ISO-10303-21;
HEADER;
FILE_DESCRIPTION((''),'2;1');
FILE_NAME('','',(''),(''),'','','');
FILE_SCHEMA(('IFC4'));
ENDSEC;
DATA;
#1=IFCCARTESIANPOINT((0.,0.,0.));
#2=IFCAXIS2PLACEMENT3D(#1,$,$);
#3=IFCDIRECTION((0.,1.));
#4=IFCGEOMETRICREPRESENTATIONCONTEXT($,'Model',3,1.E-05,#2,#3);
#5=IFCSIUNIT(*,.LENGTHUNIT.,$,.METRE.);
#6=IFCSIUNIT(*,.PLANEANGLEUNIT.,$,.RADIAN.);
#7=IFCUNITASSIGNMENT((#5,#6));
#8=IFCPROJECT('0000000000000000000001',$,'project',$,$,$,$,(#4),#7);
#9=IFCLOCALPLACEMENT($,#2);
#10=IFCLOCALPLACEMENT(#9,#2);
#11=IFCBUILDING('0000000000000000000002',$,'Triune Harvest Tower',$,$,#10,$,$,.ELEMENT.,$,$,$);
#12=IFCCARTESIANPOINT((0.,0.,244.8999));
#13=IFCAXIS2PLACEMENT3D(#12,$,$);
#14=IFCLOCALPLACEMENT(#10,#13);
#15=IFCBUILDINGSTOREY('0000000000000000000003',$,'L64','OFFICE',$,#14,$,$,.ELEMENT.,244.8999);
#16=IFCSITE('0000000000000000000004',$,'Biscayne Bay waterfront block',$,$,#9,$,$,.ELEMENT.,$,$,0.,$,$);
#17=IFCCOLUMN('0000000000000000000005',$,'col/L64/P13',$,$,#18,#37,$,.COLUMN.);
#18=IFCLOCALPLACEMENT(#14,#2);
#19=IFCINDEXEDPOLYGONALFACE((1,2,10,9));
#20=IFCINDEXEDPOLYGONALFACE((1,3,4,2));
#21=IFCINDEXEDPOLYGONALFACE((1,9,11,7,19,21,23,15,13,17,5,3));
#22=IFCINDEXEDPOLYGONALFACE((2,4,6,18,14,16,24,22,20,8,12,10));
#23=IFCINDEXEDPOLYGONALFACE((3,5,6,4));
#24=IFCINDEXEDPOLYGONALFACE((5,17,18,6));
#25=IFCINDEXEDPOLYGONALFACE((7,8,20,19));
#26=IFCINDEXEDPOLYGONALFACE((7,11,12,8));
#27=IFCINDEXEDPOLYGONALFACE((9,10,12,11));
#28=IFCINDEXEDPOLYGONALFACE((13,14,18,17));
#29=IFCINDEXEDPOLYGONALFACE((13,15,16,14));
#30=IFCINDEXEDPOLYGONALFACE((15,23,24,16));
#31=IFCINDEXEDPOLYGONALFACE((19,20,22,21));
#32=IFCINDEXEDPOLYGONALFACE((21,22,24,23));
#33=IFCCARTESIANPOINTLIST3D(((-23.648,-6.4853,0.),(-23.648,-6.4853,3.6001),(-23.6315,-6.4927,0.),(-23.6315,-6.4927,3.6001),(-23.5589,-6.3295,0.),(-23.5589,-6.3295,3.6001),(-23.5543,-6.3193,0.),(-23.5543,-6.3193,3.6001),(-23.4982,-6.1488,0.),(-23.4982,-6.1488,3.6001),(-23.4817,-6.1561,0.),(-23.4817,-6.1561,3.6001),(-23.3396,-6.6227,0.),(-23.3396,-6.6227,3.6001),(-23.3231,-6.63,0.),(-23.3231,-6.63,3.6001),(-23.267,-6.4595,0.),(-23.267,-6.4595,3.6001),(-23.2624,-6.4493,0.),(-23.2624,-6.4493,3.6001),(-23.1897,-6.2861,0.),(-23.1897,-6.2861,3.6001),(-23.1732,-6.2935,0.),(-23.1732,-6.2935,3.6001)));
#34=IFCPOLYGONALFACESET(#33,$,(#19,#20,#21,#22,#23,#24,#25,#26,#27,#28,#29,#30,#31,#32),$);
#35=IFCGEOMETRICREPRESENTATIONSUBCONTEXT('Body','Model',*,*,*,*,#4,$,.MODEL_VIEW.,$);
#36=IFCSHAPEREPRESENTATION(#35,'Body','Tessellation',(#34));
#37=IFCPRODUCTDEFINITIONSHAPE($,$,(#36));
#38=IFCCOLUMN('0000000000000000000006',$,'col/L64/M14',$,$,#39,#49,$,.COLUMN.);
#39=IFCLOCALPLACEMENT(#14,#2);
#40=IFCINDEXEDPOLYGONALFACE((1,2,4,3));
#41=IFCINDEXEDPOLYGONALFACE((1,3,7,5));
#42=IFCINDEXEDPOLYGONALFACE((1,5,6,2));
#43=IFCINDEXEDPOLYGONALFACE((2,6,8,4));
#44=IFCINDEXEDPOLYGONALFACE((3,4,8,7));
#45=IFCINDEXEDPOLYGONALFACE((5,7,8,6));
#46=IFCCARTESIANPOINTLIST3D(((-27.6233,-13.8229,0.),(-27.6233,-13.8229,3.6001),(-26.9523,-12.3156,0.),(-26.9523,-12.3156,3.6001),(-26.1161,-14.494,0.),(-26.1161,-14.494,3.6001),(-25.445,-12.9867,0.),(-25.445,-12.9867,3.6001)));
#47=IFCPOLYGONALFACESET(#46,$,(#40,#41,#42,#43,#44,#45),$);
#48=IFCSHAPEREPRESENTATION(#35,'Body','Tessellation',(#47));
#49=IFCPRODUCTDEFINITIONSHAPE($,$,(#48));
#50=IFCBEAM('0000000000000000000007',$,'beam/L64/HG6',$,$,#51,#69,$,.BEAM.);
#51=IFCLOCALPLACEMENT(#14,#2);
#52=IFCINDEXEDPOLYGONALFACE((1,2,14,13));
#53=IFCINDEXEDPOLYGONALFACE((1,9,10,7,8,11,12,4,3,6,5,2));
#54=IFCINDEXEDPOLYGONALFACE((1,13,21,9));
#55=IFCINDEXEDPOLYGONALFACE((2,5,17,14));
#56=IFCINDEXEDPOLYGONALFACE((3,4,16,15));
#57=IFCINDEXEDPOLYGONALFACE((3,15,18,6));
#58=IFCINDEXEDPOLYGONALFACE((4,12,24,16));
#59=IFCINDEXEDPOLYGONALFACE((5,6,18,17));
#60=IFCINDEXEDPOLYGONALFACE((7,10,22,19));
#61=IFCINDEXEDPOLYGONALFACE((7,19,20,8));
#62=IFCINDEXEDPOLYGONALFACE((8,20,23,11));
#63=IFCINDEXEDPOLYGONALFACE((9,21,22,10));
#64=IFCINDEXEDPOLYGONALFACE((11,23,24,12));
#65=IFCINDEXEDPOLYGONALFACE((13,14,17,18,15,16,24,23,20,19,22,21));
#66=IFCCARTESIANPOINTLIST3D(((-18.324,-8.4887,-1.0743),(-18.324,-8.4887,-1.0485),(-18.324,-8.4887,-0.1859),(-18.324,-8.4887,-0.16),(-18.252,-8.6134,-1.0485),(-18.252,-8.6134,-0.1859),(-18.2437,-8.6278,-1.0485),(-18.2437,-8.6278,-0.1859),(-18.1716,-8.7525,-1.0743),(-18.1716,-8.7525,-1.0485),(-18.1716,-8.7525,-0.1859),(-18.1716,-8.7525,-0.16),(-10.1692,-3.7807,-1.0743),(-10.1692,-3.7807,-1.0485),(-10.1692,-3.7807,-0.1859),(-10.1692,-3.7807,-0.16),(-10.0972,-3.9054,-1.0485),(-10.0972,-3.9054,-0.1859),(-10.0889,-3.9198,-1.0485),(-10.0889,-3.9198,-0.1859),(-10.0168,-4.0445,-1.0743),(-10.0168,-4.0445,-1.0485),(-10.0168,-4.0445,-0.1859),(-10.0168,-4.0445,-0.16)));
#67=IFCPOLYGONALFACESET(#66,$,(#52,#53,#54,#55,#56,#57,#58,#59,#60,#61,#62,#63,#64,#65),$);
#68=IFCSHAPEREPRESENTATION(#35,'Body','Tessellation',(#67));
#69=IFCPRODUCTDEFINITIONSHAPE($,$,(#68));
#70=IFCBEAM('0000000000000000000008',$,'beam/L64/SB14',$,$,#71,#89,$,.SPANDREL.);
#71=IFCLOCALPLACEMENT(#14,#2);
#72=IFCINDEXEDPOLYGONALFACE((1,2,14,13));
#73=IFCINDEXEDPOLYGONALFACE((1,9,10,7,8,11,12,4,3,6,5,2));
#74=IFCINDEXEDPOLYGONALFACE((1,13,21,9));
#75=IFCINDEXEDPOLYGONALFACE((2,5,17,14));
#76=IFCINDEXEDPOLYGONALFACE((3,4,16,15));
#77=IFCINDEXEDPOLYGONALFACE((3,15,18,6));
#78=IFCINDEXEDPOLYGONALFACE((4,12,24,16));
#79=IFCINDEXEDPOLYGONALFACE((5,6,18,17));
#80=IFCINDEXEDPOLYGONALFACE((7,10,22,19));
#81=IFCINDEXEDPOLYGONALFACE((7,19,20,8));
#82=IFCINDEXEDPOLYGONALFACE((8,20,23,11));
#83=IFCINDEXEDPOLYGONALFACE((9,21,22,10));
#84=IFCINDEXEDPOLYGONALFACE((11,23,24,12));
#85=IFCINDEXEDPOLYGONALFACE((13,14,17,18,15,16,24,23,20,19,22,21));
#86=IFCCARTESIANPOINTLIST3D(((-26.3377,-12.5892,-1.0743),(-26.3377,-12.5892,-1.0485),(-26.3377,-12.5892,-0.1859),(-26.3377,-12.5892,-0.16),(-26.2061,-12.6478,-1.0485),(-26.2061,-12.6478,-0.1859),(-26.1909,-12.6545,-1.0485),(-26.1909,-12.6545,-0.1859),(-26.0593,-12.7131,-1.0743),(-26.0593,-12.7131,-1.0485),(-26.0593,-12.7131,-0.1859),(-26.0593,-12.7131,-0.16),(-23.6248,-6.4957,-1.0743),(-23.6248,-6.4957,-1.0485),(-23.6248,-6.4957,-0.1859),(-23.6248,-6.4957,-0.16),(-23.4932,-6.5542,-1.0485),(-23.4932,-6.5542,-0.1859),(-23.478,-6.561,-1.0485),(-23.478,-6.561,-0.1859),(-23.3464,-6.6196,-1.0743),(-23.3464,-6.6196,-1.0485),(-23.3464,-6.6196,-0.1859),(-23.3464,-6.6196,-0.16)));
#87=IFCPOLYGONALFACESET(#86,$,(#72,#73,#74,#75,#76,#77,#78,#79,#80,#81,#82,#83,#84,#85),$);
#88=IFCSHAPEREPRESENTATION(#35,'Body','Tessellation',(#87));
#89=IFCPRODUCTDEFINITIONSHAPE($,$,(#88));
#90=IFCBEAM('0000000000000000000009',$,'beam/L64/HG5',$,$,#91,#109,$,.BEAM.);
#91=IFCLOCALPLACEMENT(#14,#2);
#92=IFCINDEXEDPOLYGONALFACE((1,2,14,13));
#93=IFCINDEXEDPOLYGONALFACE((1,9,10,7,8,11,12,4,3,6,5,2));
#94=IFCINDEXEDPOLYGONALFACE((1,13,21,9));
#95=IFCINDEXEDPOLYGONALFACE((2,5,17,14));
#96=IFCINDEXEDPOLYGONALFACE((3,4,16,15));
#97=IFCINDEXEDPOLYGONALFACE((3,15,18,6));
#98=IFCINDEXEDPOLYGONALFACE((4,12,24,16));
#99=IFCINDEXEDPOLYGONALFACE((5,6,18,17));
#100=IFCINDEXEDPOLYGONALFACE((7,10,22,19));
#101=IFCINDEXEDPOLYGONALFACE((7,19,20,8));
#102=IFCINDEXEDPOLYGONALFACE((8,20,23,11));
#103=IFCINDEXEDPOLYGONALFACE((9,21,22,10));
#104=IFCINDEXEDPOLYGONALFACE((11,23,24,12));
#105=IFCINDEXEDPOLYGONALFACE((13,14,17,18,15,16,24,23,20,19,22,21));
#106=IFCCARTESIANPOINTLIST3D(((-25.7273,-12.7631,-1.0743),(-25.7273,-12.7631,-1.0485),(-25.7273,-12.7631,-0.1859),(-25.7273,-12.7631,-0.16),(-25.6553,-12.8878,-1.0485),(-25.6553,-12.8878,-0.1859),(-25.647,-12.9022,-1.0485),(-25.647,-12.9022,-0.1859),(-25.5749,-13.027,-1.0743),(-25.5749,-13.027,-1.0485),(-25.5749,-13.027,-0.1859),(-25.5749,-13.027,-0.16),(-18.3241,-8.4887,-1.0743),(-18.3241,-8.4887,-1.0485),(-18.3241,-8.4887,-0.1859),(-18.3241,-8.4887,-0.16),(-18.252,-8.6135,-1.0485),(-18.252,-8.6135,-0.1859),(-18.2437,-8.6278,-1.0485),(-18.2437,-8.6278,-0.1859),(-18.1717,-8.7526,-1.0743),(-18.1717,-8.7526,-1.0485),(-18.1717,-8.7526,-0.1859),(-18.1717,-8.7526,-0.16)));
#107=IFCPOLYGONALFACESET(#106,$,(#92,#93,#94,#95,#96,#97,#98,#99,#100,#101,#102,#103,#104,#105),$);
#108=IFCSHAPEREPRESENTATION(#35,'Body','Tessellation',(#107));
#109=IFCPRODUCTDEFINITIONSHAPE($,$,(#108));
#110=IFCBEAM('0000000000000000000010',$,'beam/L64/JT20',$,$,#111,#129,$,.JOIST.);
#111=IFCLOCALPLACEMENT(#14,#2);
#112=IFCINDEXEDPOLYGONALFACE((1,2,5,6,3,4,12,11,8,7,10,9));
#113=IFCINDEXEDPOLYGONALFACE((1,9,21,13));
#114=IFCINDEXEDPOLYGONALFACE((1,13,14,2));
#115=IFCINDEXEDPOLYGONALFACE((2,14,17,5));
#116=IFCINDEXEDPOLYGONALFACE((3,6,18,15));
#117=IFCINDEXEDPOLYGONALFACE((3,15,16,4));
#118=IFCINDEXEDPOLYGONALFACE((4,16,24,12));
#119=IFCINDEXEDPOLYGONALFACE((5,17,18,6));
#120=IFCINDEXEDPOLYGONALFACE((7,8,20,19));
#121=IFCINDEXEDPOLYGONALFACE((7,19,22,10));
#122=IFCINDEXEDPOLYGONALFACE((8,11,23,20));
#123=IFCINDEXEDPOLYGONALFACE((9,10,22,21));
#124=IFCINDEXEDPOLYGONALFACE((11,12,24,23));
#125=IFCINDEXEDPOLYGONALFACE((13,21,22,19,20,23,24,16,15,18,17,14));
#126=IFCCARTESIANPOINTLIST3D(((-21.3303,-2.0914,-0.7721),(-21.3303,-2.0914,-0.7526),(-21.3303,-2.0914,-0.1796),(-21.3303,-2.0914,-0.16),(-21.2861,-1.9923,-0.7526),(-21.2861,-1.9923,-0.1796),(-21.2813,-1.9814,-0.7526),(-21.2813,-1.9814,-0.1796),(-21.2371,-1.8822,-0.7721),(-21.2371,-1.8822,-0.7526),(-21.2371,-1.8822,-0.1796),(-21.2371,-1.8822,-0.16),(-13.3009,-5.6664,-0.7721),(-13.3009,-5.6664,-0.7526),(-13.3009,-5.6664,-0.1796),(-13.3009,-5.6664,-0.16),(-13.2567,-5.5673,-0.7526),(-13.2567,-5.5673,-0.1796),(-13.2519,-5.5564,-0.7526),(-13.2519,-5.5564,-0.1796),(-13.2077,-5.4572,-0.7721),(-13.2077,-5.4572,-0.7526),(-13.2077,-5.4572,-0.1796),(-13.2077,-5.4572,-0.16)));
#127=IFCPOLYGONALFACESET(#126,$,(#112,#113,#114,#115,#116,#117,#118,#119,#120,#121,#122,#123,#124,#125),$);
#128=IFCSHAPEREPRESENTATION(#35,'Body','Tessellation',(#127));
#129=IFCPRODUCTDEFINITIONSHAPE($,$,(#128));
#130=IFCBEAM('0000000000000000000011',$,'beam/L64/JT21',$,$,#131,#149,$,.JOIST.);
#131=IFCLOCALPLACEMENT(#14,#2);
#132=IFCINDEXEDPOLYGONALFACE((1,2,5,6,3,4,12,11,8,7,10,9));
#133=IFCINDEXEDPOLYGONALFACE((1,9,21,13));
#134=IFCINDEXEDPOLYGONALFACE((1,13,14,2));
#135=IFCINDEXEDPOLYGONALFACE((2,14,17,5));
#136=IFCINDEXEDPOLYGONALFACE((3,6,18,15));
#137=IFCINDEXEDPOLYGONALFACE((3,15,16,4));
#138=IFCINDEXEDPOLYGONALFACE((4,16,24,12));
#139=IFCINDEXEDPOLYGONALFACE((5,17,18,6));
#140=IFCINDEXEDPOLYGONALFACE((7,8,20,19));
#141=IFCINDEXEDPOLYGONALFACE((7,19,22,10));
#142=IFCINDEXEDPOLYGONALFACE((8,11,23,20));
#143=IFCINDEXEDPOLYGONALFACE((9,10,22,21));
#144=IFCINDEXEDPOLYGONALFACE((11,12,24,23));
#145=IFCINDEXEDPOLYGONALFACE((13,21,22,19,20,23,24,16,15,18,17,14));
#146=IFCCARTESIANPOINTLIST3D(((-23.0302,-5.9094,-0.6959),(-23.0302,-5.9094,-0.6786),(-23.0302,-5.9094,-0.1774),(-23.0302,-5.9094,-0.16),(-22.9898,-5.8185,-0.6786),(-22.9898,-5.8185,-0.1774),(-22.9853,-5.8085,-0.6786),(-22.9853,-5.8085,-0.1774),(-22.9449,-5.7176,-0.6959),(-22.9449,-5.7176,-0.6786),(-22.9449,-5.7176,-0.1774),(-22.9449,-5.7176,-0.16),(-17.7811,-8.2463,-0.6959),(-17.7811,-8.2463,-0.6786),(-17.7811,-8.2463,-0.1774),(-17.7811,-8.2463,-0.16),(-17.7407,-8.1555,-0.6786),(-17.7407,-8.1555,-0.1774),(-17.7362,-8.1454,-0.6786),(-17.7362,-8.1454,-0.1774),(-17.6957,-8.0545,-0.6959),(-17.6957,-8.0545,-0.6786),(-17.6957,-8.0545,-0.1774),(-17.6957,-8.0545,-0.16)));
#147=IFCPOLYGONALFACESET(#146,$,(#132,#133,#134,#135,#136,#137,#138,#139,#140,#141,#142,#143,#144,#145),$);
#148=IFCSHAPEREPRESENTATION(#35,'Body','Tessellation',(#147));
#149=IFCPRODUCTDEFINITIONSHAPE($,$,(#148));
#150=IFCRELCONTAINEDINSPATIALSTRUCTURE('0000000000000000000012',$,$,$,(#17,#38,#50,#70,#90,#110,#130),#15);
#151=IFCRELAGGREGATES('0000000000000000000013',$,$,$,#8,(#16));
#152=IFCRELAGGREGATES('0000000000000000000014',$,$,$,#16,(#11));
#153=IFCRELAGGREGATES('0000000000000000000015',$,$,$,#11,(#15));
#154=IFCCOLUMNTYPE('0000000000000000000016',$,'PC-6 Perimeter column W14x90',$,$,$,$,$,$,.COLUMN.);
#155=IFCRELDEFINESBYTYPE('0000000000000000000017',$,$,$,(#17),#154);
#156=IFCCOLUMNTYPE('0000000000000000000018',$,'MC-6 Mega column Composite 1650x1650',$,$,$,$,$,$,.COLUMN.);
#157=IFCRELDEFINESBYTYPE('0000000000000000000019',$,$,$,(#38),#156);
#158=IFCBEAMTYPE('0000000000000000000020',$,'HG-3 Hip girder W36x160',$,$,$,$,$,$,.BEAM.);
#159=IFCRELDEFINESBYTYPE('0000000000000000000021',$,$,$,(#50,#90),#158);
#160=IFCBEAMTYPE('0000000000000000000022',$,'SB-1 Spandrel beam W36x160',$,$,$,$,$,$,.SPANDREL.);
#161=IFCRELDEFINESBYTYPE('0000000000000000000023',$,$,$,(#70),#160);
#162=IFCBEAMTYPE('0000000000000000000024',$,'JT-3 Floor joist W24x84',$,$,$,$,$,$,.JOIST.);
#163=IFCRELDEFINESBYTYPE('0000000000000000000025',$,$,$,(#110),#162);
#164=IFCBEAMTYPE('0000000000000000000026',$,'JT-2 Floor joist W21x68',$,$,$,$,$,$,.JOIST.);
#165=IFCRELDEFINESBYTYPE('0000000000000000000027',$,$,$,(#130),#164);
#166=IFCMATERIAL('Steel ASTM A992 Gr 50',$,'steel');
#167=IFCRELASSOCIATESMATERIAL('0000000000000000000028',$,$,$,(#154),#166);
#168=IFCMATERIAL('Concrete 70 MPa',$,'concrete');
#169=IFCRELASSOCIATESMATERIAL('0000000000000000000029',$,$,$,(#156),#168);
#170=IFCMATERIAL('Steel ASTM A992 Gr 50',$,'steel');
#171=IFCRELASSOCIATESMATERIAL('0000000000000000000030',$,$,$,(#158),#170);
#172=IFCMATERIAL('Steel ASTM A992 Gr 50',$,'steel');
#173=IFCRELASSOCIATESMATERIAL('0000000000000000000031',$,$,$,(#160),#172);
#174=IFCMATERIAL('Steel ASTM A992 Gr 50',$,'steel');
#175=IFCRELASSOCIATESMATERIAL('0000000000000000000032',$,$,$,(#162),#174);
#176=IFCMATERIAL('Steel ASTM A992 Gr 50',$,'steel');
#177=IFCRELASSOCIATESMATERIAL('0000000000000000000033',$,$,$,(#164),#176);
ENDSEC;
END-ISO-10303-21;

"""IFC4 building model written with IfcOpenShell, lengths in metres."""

from ifc_helpers import new_model, si_unit, direction, frame, origin, origin_2d, place, context, subcontext, project, spatial, rectangle, i_section, extrude, source, transform, mapped, material, material_profile, profile_set, type_object, element, save


model = new_model("IFC4")

# Units and contexts
model_context = context("Model", 3, precision=1e-05, world=origin(), true_north=direction((0.0, 1.0)))
body_context = subcontext(model_context, "Body", "Model", "MODEL_VIEW")
ifc_project = project(units=[si_unit("LENGTHUNIT", "METRE"), si_unit("PLANEANGLEUNIT", "RADIAN")], contexts=[model_context])

# Site, building, storey
site_placement = place(None, origin())
site = spatial("IfcSite", under=ifc_project, at=site_placement, Name="Biscayne Bay waterfront block", CompositionType="ELEMENT", RefElevation=0.0)
building_placement = place(site_placement, origin())
building = spatial("IfcBuilding", under=site, at=building_placement, Name="Triune Harvest Tower", CompositionType="ELEMENT")
storey_placement = place(building_placement, frame((0.0, 0.0, 244.8999)))
storey = spatial("IfcBuildingStorey", under=building, at=storey_placement, Name="L64", Description="OFFICE", CompositionType="ELEMENT", Elevation=244.8999)

# Columns
ifc_material_1 = material(Name="Steel ASTM A992 Gr 50", Category="steel")
ifc_material_profile_1 = material_profile(ifc_material_1, i_section(OverallWidth=0.3684, OverallDepth=0.3557, WebThickness=0.0112, FlangeThickness=0.0181, at=origin_2d()), Name="W14x90")
ifc_profile_set_1 = profile_set([ifc_material_profile_1], Name="Steel ASTM A992 Gr 50")
column_type_1 = type_object("IfcColumnType", Name="PC-6 Perimeter column W14x90", PredefinedType="COLUMN", material=ifc_profile_set_1)
shared_shape_1 = source(origin(), body_context, "Body", "SweptSolid", [
    extrude(i_section(OverallWidth=0.3684, OverallDepth=0.3557, WebThickness=0.0112, FlangeThickness=0.0181, at=origin_2d()), origin(), (0.0, 0.0, 1.0), 3.6001),
])
column_1_placement = place(storey_placement, frame((-23.4106, -6.3894, 0.0), z_axis=(0.0, 0.0, 1.0), x_axis=(-0.406738, -0.913545, 0.0)))
element("IfcColumn", 1, at=column_1_placement, inside=storey, type_object=column_type_1, Name="col/L64/P13", PredefinedType="COLUMN", context=body_context, shape_type="MappedRepresentation", body=[
    mapped(shared_shape_1, transform((0.0, 0.0, 0.0), scale=1.0)),
])
ifc_material_2 = material(Name="Concrete 70 MPa", Category="concrete")
ifc_material_profile_2 = material_profile(ifc_material_2, rectangle(XDim=1.6499, YDim=1.6499, at=origin_2d()), Name="Composite 1650x1650")
ifc_profile_set_2 = profile_set([ifc_material_profile_2], Name="Concrete 70 MPa")
column_type_2 = type_object("IfcColumnType", Name="MC-6 Mega column Composite 1650x1650", PredefinedType="COLUMN", material=ifc_profile_set_2)
shared_shape_2 = source(origin(), body_context, "Body", "SweptSolid", [
    extrude(rectangle(XDim=1.6499, YDim=1.6499, at=origin_2d()), origin(), (0.0, 0.0, 1.0), 3.6001),
])
column_2_placement = place(storey_placement, frame((-26.5342, -13.4048, 0.0), z_axis=(0.0, 0.0, 1.0), x_axis=(-0.406738, -0.913545, 0.0)))
element("IfcColumn", 2, at=column_2_placement, inside=storey, type_object=column_type_2, Name="col/L64/M14", PredefinedType="COLUMN", context=body_context, shape_type="MappedRepresentation", body=[
    mapped(shared_shape_2, transform((0.0, 0.0, 0.0), scale=1.0)),
])

# Beams
ifc_material_3 = material(Name="Steel ASTM A992 Gr 50", Category="steel")
ifc_material_profile_3 = material_profile(ifc_material_3, i_section(OverallWidth=0.3047, OverallDepth=0.9143, WebThickness=0.0166, FlangeThickness=0.0259, at=origin_2d()), Name="W36x160")
ifc_profile_set_3 = profile_set([ifc_material_profile_3], Name="Steel ASTM A992 Gr 50")
beam_type_1 = type_object("IfcBeamType", Name="HG-3 Hip girder W36x160", PredefinedType="BEAM", material=ifc_profile_set_3)
shared_shape_3 = source(origin(), body_context, "Body", "SweptSolid", [
    extrude(i_section(OverallWidth=0.3047, OverallDepth=0.9143, WebThickness=0.0166, FlangeThickness=0.0259, at=origin_2d()), origin(), (0.0, 0.0, 1.0), 9.4163),
])
beam_1_placement = place(storey_placement, frame((-18.2478, -8.6206, -0.6172), z_axis=(0.866033, 0.499987, 0.0), x_axis=(-0.499987, 0.866033, 0.0)))
element("IfcBeam", 3, at=beam_1_placement, inside=storey, type_object=beam_type_1, Name="beam/L64/HG6", PredefinedType="BEAM", context=body_context, shape_type="MappedRepresentation", body=[
    mapped(shared_shape_3, transform((0.0, 0.0, 0.0), scale=1.0)),
])
ifc_material_4 = material(Name="Steel ASTM A992 Gr 50", Category="steel")
ifc_material_profile_4 = material_profile(ifc_material_4, i_section(OverallWidth=0.3047, OverallDepth=0.9143, WebThickness=0.0166, FlangeThickness=0.0259, at=origin_2d()), Name="W36x160")
ifc_profile_set_4 = profile_set([ifc_material_profile_4], Name="Steel ASTM A992 Gr 50")
beam_type_2 = type_object("IfcBeamType", Name="SB-1 Spandrel beam W36x160", PredefinedType="SPANDREL", material=ifc_profile_set_4)
shared_shape_4 = source(origin(), body_context, "Body", "SweptSolid", [
    extrude(i_section(OverallWidth=0.3047, OverallDepth=0.9143, WebThickness=0.0166, FlangeThickness=0.0259, at=origin_2d()), origin(), (0.0, 0.0, 1.0), 6.6702),
])
beam_2_placement = place(storey_placement, frame((-23.4856, -6.5576, -0.6172), z_axis=(-0.406723, -0.913552, 0.0), x_axis=(0.913552, -0.406723, 0.0)))
element("IfcBeam", 4, at=beam_2_placement, inside=storey, type_object=beam_type_2, Name="beam/L64/SB14", PredefinedType="SPANDREL", context=body_context, shape_type="MappedRepresentation", body=[
    mapped(shared_shape_4, transform((0.0, 0.0, 0.0), scale=1.0)),
])
shared_shape_5 = source(origin(), body_context, "Body", "SweptSolid", [
    extrude(i_section(OverallWidth=0.3047, OverallDepth=0.9143, WebThickness=0.0166, FlangeThickness=0.0259, at=origin_2d()), origin(), (0.0, 0.0, 1.0), 8.5486),
])
beam_3_placement = place(storey_placement, frame((-25.6511, -12.895, -0.6172), z_axis=(0.86602, 0.500009, 0.0), x_axis=(-0.500009, 0.86602, 0.0)))
element("IfcBeam", 5, at=beam_3_placement, inside=storey, type_object=beam_type_1, Name="beam/L64/HG5", PredefinedType="BEAM", context=body_context, shape_type="MappedRepresentation", body=[
    mapped(shared_shape_5, transform((0.0, 0.0, 0.0), scale=1.0)),
])
ifc_material_5 = material(Name="Steel ASTM A992 Gr 50", Category="steel")
ifc_material_profile_5 = material_profile(ifc_material_5, i_section(OverallWidth=0.229, OverallDepth=0.6121, WebThickness=0.012, FlangeThickness=0.0195, at=origin_2d()), Name="W24x84")
ifc_profile_set_5 = profile_set([ifc_material_profile_5], Name="Steel ASTM A992 Gr 50")
beam_type_3 = type_object("IfcBeamType", Name="JT-3 Floor joist W24x84", PredefinedType="JOIST", material=ifc_profile_set_5)
shared_shape_6 = source(origin(), body_context, "Body", "SweptSolid", [
    extrude(i_section(OverallWidth=0.229, OverallDepth=0.6121, WebThickness=0.012, FlangeThickness=0.0195, at=origin_2d()), origin(), (0.0, 0.0, 1.0), 8.7893),
])
beam_4_placement = place(storey_placement, frame((-21.2837, -1.9868, -0.4661), z_axis=(0.913542, -0.406744, 0.0), x_axis=(0.406744, 0.913542, 0.0)))
element("IfcBeam", 6, at=beam_4_placement, inside=storey, type_object=beam_type_3, Name="beam/L64/JT20", PredefinedType="JOIST", context=body_context, shape_type="MappedRepresentation", body=[
    mapped(shared_shape_6, transform((0.0, 0.0, 0.0), scale=1.0)),
])
ifc_material_6 = material(Name="Steel ASTM A992 Gr 50", Category="steel")
ifc_material_profile_6 = material_profile(ifc_material_6, i_section(OverallWidth=0.21, OverallDepth=0.5359, WebThickness=0.011, FlangeThickness=0.0173, at=origin_2d()), Name="W21x68")
ifc_profile_set_6 = profile_set([ifc_material_profile_6], Name="Steel ASTM A992 Gr 50")
beam_type_4 = type_object("IfcBeamType", Name="JT-2 Floor joist W21x68", PredefinedType="JOIST", material=ifc_profile_set_6)
shared_shape_7 = source(origin(), body_context, "Body", "SweptSolid", [
    extrude(i_section(OverallWidth=0.21, OverallDepth=0.5359, WebThickness=0.011, FlangeThickness=0.0173, at=origin_2d()), origin(), (0.0, 0.0, 1.0), 5.7458),
])
beam_5_placement = place(storey_placement, frame((-22.9875, -5.8135, -0.428), z_axis=(0.913552, -0.406722, 0.0), x_axis=(0.406722, 0.913552, 0.0)))
element("IfcBeam", 7, at=beam_5_placement, inside=storey, type_object=beam_type_4, Name="beam/L64/JT21", PredefinedType="JOIST", context=body_context, shape_type="MappedRepresentation", body=[
    mapped(shared_shape_7, transform((0.0, 0.0, 0.0), scale=1.0)),
])

save(model, "model.ifc")
